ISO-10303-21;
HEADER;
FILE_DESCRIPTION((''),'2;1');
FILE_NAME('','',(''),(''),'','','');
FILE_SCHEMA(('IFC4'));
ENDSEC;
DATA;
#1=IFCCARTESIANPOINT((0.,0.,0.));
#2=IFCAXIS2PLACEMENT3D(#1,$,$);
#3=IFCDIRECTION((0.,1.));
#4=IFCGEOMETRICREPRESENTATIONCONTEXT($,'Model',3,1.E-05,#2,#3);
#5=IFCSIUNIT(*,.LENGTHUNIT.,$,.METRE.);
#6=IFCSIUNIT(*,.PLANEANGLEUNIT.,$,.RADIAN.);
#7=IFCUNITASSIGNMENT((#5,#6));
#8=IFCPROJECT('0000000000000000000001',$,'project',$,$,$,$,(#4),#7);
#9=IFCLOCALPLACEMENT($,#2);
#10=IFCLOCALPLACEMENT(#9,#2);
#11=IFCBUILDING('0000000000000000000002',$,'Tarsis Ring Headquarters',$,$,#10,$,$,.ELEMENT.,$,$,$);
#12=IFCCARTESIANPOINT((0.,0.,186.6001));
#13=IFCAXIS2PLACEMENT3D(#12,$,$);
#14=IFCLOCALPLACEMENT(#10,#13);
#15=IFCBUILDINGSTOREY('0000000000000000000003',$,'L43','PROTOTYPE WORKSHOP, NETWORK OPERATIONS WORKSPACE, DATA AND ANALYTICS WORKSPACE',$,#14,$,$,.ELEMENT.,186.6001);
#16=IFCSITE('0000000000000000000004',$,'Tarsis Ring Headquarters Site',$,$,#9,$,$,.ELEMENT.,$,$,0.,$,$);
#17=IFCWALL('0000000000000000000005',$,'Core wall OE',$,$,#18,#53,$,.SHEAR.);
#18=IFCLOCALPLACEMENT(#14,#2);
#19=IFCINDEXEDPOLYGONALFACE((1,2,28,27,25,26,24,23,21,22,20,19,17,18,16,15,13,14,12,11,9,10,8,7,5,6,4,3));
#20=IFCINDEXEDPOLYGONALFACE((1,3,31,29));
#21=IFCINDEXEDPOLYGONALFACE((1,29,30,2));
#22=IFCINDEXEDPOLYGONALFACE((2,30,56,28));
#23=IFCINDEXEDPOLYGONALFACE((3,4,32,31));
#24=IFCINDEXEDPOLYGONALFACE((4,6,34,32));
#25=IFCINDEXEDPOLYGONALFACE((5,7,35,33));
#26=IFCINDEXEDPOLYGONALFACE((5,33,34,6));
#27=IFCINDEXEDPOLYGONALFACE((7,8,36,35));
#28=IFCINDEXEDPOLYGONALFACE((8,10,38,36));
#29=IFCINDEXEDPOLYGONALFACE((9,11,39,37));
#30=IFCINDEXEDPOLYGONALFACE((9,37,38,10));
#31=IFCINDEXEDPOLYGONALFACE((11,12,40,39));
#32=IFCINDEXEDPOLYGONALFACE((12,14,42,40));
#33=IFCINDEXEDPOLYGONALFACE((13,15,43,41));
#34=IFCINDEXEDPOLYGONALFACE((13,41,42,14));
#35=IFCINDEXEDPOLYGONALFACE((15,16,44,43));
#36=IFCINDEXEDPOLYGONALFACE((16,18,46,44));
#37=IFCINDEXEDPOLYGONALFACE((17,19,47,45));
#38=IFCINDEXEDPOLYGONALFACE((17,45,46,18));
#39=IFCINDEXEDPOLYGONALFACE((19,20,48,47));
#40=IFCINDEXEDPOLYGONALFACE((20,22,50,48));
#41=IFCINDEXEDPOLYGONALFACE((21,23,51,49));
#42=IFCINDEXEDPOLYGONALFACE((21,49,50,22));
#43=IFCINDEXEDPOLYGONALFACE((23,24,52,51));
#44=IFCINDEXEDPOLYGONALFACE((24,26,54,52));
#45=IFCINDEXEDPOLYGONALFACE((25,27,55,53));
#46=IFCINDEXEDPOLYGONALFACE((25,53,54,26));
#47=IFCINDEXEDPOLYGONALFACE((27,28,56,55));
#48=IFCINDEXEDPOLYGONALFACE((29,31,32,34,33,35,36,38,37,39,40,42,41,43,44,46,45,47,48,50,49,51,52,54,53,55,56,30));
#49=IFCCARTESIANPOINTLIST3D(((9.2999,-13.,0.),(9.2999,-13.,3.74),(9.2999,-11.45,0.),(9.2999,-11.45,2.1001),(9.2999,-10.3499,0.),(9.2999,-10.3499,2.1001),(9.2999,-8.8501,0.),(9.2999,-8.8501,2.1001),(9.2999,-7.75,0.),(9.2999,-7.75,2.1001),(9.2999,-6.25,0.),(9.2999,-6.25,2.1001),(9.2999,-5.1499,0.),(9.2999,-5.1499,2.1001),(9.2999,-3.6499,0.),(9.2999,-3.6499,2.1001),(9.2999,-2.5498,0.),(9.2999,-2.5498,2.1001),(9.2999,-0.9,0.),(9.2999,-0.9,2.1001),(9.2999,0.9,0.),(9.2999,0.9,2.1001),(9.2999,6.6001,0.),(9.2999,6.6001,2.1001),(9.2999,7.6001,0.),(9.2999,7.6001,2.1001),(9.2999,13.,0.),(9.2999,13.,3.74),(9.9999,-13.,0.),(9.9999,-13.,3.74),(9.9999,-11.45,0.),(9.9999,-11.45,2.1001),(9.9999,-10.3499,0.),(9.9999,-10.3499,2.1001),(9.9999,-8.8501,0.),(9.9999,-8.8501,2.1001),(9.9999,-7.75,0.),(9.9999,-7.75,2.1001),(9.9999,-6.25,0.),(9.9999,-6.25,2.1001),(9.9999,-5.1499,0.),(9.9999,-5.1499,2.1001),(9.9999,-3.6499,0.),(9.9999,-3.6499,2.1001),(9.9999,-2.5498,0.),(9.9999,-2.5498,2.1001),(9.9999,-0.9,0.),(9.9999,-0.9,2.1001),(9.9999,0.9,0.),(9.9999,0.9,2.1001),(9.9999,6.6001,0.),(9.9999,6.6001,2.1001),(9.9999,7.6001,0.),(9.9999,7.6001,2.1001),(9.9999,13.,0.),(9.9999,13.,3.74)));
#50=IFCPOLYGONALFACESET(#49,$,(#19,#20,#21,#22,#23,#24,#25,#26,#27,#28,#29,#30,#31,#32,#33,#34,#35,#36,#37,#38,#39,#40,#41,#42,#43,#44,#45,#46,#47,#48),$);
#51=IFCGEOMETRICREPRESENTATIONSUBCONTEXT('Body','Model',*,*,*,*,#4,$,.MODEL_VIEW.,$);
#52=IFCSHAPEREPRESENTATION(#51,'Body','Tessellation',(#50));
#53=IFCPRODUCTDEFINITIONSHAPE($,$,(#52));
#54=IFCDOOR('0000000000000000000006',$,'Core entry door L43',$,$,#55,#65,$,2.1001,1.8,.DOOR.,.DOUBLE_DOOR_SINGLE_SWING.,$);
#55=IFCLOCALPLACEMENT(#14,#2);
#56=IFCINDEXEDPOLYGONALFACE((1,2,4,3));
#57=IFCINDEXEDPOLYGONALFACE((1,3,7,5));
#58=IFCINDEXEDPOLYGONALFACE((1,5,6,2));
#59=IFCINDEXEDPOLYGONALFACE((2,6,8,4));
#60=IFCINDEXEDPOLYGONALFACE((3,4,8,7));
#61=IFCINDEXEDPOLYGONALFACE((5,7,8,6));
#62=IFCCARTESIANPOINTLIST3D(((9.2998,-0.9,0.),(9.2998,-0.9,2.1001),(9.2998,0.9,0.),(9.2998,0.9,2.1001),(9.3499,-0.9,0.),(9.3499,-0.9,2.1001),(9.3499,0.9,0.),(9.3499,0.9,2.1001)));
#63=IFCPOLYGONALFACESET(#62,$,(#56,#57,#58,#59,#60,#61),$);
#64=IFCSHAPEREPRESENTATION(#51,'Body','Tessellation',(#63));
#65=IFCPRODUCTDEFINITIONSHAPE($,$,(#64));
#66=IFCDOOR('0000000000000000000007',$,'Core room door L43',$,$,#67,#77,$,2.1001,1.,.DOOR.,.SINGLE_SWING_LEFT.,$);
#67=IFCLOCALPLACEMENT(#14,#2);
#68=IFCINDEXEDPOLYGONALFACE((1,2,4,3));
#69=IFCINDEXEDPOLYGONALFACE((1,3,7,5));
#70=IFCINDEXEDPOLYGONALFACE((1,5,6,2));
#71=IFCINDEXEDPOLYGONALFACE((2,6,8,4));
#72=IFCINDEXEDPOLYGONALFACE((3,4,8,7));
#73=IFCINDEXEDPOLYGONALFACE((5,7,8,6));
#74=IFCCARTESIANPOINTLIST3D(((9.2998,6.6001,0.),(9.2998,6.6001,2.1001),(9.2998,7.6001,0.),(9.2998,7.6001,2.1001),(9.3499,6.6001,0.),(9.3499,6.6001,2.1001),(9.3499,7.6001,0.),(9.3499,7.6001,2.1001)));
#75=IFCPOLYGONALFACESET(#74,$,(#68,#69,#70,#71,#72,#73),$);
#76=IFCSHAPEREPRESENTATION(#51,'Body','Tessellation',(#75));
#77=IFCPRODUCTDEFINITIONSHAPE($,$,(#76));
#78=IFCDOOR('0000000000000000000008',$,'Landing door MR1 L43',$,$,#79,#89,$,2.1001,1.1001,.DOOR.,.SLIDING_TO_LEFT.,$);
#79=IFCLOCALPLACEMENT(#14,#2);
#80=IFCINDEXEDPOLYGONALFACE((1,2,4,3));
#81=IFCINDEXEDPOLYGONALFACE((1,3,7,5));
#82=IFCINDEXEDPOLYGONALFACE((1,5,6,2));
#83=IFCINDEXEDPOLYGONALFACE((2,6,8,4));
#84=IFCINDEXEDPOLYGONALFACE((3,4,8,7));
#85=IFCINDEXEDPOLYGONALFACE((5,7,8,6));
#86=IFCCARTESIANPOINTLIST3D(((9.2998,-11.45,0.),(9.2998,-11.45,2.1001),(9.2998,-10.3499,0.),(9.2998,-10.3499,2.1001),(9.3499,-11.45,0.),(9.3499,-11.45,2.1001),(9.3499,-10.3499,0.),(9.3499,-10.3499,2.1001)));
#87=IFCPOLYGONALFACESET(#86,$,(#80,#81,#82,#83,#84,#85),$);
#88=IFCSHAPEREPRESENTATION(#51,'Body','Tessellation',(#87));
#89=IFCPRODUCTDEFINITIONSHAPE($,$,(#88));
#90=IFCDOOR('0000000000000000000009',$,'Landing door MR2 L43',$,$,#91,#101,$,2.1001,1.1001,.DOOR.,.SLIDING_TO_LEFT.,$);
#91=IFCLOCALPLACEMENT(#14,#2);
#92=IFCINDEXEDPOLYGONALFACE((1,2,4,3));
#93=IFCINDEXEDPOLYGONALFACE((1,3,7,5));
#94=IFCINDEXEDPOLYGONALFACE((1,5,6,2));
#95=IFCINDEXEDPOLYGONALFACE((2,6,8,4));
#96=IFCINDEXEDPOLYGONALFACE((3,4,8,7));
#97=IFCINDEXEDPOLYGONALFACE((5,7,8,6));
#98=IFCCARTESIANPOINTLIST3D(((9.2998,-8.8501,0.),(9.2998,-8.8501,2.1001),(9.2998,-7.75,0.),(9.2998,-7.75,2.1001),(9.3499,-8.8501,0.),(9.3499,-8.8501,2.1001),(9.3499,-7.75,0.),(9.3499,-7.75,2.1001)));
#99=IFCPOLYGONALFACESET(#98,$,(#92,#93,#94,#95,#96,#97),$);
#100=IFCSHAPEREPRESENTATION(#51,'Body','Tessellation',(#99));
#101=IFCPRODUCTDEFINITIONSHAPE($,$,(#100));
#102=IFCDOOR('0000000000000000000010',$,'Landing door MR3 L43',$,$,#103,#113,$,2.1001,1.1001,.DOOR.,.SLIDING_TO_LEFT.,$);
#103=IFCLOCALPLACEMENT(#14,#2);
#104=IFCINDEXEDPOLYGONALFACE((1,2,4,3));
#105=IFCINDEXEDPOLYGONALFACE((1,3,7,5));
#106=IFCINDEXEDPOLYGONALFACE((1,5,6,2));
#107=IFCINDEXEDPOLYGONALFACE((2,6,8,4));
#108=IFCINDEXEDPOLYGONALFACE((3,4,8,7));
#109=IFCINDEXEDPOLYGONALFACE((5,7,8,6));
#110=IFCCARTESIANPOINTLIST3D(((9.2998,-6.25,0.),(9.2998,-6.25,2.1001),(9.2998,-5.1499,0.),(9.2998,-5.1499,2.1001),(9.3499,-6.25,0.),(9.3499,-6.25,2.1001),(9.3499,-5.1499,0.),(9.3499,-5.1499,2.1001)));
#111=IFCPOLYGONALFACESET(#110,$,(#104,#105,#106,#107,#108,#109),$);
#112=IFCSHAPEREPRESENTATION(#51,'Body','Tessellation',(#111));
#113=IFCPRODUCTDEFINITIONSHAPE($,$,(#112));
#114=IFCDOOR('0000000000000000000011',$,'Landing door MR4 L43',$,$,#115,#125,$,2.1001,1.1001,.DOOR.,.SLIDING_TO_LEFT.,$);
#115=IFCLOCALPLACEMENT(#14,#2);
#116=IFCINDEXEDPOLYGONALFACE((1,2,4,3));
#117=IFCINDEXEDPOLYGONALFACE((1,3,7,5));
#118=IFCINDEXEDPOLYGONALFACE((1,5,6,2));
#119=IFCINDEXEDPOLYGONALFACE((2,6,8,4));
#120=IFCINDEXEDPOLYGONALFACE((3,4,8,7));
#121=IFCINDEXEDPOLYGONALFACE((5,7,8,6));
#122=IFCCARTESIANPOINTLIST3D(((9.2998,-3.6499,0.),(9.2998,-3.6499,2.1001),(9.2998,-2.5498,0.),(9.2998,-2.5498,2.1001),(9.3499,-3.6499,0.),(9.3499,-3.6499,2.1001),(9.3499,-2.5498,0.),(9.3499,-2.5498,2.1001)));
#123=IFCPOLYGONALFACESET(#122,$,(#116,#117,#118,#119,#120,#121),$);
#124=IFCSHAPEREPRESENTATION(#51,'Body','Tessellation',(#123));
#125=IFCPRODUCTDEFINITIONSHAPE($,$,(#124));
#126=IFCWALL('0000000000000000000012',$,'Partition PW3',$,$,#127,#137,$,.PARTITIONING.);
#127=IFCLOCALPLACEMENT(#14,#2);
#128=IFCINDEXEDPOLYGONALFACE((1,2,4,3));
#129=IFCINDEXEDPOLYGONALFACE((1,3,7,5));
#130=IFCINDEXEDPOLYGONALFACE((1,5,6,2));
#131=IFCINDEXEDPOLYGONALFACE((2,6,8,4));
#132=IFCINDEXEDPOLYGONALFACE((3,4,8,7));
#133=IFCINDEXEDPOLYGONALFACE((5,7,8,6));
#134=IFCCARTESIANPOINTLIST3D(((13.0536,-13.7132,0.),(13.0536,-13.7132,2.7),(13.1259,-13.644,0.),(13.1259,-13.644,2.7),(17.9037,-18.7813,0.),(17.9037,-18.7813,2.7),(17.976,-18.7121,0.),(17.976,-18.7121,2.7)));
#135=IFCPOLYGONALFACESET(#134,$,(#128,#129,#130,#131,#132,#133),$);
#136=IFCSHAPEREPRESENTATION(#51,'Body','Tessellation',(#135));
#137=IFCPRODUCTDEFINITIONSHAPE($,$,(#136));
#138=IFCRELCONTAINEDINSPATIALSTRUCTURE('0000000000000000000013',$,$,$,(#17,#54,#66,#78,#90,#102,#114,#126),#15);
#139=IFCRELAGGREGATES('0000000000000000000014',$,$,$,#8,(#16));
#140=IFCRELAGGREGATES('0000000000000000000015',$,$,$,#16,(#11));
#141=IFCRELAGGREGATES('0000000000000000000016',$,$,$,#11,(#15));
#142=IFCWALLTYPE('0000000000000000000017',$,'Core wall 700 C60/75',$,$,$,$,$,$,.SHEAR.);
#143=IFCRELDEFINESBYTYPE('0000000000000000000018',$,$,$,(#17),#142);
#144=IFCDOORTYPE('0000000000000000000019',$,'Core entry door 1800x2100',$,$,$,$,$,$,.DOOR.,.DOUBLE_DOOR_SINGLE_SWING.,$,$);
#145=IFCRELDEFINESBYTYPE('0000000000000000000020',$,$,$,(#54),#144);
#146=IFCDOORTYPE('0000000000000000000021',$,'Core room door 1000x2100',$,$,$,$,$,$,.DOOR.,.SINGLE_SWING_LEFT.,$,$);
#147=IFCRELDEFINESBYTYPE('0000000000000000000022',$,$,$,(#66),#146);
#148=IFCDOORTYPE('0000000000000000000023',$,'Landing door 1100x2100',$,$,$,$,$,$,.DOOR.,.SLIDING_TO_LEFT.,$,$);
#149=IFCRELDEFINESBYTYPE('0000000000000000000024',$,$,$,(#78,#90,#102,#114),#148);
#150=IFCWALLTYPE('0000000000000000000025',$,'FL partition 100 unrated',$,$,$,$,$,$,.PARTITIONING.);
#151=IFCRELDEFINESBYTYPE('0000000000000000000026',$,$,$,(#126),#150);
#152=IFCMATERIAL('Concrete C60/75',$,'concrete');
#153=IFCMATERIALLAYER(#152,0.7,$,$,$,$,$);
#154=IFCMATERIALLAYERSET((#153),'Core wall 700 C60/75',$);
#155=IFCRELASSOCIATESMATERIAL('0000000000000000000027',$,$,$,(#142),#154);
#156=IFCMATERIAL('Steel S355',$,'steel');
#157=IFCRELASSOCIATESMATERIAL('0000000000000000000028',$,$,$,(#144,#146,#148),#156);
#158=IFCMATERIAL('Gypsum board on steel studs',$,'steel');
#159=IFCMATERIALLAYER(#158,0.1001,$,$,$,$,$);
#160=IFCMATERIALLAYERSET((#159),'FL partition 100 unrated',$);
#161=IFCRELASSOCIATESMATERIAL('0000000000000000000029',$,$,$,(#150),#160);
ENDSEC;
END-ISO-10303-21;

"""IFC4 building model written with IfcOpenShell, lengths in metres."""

from ifc_helpers import new_model, si_unit, direction, frame, frame_2d, origin, place, context, subcontext, project, spatial, rectangle, extrude, material, layer, layer_set, type_object, element, fill, save


model = new_model("IFC4")

# Units and contexts
model_context = context("Model", 3, precision=1e-05, world=origin(), true_north=direction((0.0, 1.0)))
body_context = subcontext(model_context, "Body", "Model", "MODEL_VIEW")
ifc_project = project(units=[si_unit("LENGTHUNIT", "METRE"), si_unit("PLANEANGLEUNIT", "RADIAN")], contexts=[model_context])

# Site, building, storey
site_placement = place(None, origin())
site = spatial("IfcSite", under=ifc_project, at=site_placement, Name="Tarsis Ring Headquarters Site", CompositionType="ELEMENT", RefElevation=0.0)
building_placement = place(site_placement, origin())
building = spatial("IfcBuilding", under=site, at=building_placement, Name="Tarsis Ring Headquarters", CompositionType="ELEMENT")
storey_placement = place(building_placement, frame((0.0, 0.0, 186.6001)))
storey = spatial("IfcBuildingStorey", under=building, at=storey_placement, Name="L43", Description="PROTOTYPE WORKSHOP, NETWORK OPERATIONS WORKSPACE, DATA AND ANALYTICS WORKSPACE", CompositionType="ELEMENT", Elevation=186.6001)

# Wall, openings, doors
ifc_material_1 = material(Name="Concrete C60/75", Category="concrete")
ifc_layer_1 = layer(ifc_material_1, 0.7)
ifc_layer_set_1 = layer_set([ifc_layer_1], Name="Core wall 700 C60/75")
wall_type_1 = type_object("IfcWallType", Name="Core wall 700 C60/75", PredefinedType="SHEAR", material=ifc_layer_set_1)
wall_1_placement = place(storey_placement, frame((9.6499, -13.0, 0.0), z_axis=(0.0, 0.0, 1.0), x_axis=(0.0, 1.0, 0.0)))
wall_1 = element("IfcWall", 1, at=wall_1_placement, inside=storey, type_object=wall_type_1, Name="Core wall OE", PredefinedType="SHEAR", context=body_context, shape_type="SweptSolid", body=[
    extrude(rectangle(XDim=26.0, YDim=0.7, at=frame_2d((13.0, 0.0))), origin(), (0.0, 0.0, 1.0), 3.74),
])
opening_1_placement = place(wall_1_placement, frame((1.55, 0.0, 0.0)))
opening_1 = element("IfcOpeningElement", 2, at=opening_1_placement, cuts=wall_1, PredefinedType="OPENING", context=body_context, shape_type="SweptSolid", body=[
    extrude(rectangle(XDim=1.1001, YDim=2.1001, at=frame_2d((0.55, 1.05))), frame((0.0, 0.3599, 0.0), z_axis=(0.0, -1.0, 0.0), x_axis=(1.0, 0.0, 0.0)), (0.0, 0.0, 1.0), 0.72),
])
opening_2_placement = place(wall_1_placement, frame((4.1499, 0.0, 0.0)))
opening_2 = element("IfcOpeningElement", 3, at=opening_2_placement, cuts=wall_1, PredefinedType="OPENING", context=body_context, shape_type="SweptSolid", body=[
    extrude(rectangle(XDim=1.1001, YDim=2.1001, at=frame_2d((0.55, 1.05))), frame((0.0, 0.3599, 0.0), z_axis=(0.0, -1.0, 0.0), x_axis=(1.0, 0.0, 0.0)), (0.0, 0.0, 1.0), 0.72),
])
opening_3_placement = place(wall_1_placement, frame((6.75, 0.0, 0.0)))
opening_3 = element("IfcOpeningElement", 4, at=opening_3_placement, cuts=wall_1, PredefinedType="OPENING", context=body_context, shape_type="SweptSolid", body=[
    extrude(rectangle(XDim=1.1001, YDim=2.1001, at=frame_2d((0.55, 1.05))), frame((0.0, 0.3599, 0.0), z_axis=(0.0, -1.0, 0.0), x_axis=(1.0, 0.0, 0.0)), (0.0, 0.0, 1.0), 0.72),
])
opening_4_placement = place(wall_1_placement, frame((9.3501, 0.0, 0.0)))
opening_4 = element("IfcOpeningElement", 5, at=opening_4_placement, cuts=wall_1, PredefinedType="OPENING", context=body_context, shape_type="SweptSolid", body=[
    extrude(rectangle(XDim=1.1001, YDim=2.1001, at=frame_2d((0.55, 1.05))), frame((0.0, 0.3599, 0.0), z_axis=(0.0, -1.0, 0.0), x_axis=(1.0, 0.0, 0.0)), (0.0, 0.0, 1.0), 0.72),
])
opening_5_placement = place(wall_1_placement, frame((12.1001, 0.0, 0.0)))
opening_5 = element("IfcOpeningElement", 6, at=opening_5_placement, cuts=wall_1, PredefinedType="OPENING", context=body_context, shape_type="SweptSolid", body=[
    extrude(rectangle(XDim=1.8, YDim=2.1001, at=frame_2d((0.8999, 1.05))), frame((0.0, 0.3599, 0.0), z_axis=(0.0, -1.0, 0.0), x_axis=(1.0, 0.0, 0.0)), (0.0, 0.0, 1.0), 0.72),
])
opening_6_placement = place(wall_1_placement, frame((19.6001, 0.0, 0.0)))
opening_6 = element("IfcOpeningElement", 7, at=opening_6_placement, cuts=wall_1, PredefinedType="OPENING", context=body_context, shape_type="SweptSolid", body=[
    extrude(rectangle(XDim=1.0, YDim=2.1001, at=frame_2d((0.5, 1.05))), frame((0.0, 0.3599, 0.0), z_axis=(0.0, -1.0, 0.0), x_axis=(1.0, 0.0, 0.0)), (0.0, 0.0, 1.0), 0.72),
])
ifc_material_2 = material(Name="Steel S355", Category="steel")
door_type_1 = type_object("IfcDoorType", Name="Core entry door 1800x2100", OperationType="DOUBLE_DOOR_SINGLE_SWING", PredefinedType="DOOR", material=ifc_material_2)
door_1_placement = place(opening_5_placement, origin())
door_1 = element("IfcDoor", 8, at=door_1_placement, inside=storey, type_object=door_type_1, Name="Core entry door L43", OperationType="DOUBLE_DOOR_SINGLE_SWING", OverallHeight=2.1001, OverallWidth=1.8, PredefinedType="DOOR", context=body_context, shape_type="SweptSolid", body=[
    extrude(rectangle(XDim=1.8, YDim=2.1001, at=frame_2d((0.8999, 1.05))), frame((0.0, 0.3501, 0.0), z_axis=(0.0, -1.0, 0.0), x_axis=(1.0, 0.0, 0.0)), (0.0, 0.0, 1.0), 0.05),
])
fill(opening_5, door_1)
door_type_2 = type_object("IfcDoorType", Name="Core room door 1000x2100", OperationType="SINGLE_SWING_LEFT", PredefinedType="DOOR", material=ifc_material_2)
door_2_placement = place(opening_6_placement, origin())
door_2 = element("IfcDoor", 9, at=door_2_placement, inside=storey, type_object=door_type_2, Name="Core room door L43", OperationType="SINGLE_SWING_LEFT", OverallHeight=2.1001, OverallWidth=1.0, PredefinedType="DOOR", context=body_context, shape_type="SweptSolid", body=[
    extrude(rectangle(XDim=1.0, YDim=2.1001, at=frame_2d((0.5, 1.05))), frame((0.0, 0.3501, 0.0), z_axis=(0.0, -1.0, 0.0), x_axis=(1.0, 0.0, 0.0)), (0.0, 0.0, 1.0), 0.05),
])
fill(opening_6, door_2)
door_type_3 = type_object("IfcDoorType", Name="Landing door 1100x2100", OperationType="SLIDING_TO_LEFT", PredefinedType="DOOR", material=ifc_material_2)
door_3_placement = place(opening_1_placement, origin())
door_3 = element("IfcDoor", 10, at=door_3_placement, inside=storey, type_object=door_type_3, Name="Landing door MR1 L43", OperationType="SLIDING_TO_LEFT", OverallHeight=2.1001, OverallWidth=1.1001, PredefinedType="DOOR", context=body_context, shape_type="SweptSolid", body=[
    extrude(rectangle(XDim=1.1001, YDim=2.1001, at=frame_2d((0.55, 1.05))), frame((0.0, 0.3501, 0.0), z_axis=(0.0, -1.0, 0.0), x_axis=(1.0, 0.0, 0.0)), (0.0, 0.0, 1.0), 0.05),
])
fill(opening_1, door_3)
door_4_placement = place(opening_2_placement, origin())
door_4 = element("IfcDoor", 11, at=door_4_placement, inside=storey, type_object=door_type_3, Name="Landing door MR2 L43", OperationType="SLIDING_TO_LEFT", OverallHeight=2.1001, OverallWidth=1.1001, PredefinedType="DOOR", context=body_context, shape_type="SweptSolid", body=[
    extrude(rectangle(XDim=1.1001, YDim=2.1001, at=frame_2d((0.55, 1.05))), frame((0.0, 0.3501, 0.0), z_axis=(0.0, -1.0, 0.0), x_axis=(1.0, 0.0, 0.0)), (0.0, 0.0, 1.0), 0.05),
])
fill(opening_2, door_4)
door_5_placement = place(opening_3_placement, origin())
door_5 = element("IfcDoor", 12, at=door_5_placement, inside=storey, type_object=door_type_3, Name="Landing door MR3 L43", OperationType="SLIDING_TO_LEFT", OverallHeight=2.1001, OverallWidth=1.1001, PredefinedType="DOOR", context=body_context, shape_type="SweptSolid", body=[
    extrude(rectangle(XDim=1.1001, YDim=2.1001, at=frame_2d((0.55, 1.05))), frame((0.0, 0.3501, 0.0), z_axis=(0.0, -1.0, 0.0), x_axis=(1.0, 0.0, 0.0)), (0.0, 0.0, 1.0), 0.05),
])
fill(opening_3, door_5)
door_6_placement = place(opening_4_placement, origin())
door_6 = element("IfcDoor", 13, at=door_6_placement, inside=storey, type_object=door_type_3, Name="Landing door MR4 L43", OperationType="SLIDING_TO_LEFT", OverallHeight=2.1001, OverallWidth=1.1001, PredefinedType="DOOR", context=body_context, shape_type="SweptSolid", body=[
    extrude(rectangle(XDim=1.1001, YDim=2.1001, at=frame_2d((0.55, 1.05))), frame((0.0, 0.3501, 0.0), z_axis=(0.0, -1.0, 0.0), x_axis=(1.0, 0.0, 0.0)), (0.0, 0.0, 1.0), 0.05),
])
fill(opening_4, door_6)

# Wall
ifc_material_3 = material(Name="Gypsum board on steel studs", Category="steel")
ifc_layer_2 = layer(ifc_material_3, 0.1001)
ifc_layer_set_2 = layer_set([ifc_layer_2], Name="FL partition 100 unrated")
wall_type_2 = type_object("IfcWallType", Name="FL partition 100 unrated", PredefinedType="PARTITIONING", material=ifc_layer_set_2)
wall_2_placement = place(storey_placement, frame((13.0898, -13.6787, 0.0), z_axis=(0.0, 0.0, 1.0), x_axis=(0.691396, -0.722476, 0.0)))
element("IfcWall", 14, at=wall_2_placement, inside=storey, type_object=wall_type_2, Name="Partition PW3", PredefinedType="PARTITIONING", context=body_context, shape_type="SweptSolid", body=[
    extrude(rectangle(XDim=7.0149, YDim=0.1001, at=frame_2d((3.5073, 0.0))), origin(), (0.0, 0.0, 1.0), 2.7),
])

save(model, "model.ifc")
